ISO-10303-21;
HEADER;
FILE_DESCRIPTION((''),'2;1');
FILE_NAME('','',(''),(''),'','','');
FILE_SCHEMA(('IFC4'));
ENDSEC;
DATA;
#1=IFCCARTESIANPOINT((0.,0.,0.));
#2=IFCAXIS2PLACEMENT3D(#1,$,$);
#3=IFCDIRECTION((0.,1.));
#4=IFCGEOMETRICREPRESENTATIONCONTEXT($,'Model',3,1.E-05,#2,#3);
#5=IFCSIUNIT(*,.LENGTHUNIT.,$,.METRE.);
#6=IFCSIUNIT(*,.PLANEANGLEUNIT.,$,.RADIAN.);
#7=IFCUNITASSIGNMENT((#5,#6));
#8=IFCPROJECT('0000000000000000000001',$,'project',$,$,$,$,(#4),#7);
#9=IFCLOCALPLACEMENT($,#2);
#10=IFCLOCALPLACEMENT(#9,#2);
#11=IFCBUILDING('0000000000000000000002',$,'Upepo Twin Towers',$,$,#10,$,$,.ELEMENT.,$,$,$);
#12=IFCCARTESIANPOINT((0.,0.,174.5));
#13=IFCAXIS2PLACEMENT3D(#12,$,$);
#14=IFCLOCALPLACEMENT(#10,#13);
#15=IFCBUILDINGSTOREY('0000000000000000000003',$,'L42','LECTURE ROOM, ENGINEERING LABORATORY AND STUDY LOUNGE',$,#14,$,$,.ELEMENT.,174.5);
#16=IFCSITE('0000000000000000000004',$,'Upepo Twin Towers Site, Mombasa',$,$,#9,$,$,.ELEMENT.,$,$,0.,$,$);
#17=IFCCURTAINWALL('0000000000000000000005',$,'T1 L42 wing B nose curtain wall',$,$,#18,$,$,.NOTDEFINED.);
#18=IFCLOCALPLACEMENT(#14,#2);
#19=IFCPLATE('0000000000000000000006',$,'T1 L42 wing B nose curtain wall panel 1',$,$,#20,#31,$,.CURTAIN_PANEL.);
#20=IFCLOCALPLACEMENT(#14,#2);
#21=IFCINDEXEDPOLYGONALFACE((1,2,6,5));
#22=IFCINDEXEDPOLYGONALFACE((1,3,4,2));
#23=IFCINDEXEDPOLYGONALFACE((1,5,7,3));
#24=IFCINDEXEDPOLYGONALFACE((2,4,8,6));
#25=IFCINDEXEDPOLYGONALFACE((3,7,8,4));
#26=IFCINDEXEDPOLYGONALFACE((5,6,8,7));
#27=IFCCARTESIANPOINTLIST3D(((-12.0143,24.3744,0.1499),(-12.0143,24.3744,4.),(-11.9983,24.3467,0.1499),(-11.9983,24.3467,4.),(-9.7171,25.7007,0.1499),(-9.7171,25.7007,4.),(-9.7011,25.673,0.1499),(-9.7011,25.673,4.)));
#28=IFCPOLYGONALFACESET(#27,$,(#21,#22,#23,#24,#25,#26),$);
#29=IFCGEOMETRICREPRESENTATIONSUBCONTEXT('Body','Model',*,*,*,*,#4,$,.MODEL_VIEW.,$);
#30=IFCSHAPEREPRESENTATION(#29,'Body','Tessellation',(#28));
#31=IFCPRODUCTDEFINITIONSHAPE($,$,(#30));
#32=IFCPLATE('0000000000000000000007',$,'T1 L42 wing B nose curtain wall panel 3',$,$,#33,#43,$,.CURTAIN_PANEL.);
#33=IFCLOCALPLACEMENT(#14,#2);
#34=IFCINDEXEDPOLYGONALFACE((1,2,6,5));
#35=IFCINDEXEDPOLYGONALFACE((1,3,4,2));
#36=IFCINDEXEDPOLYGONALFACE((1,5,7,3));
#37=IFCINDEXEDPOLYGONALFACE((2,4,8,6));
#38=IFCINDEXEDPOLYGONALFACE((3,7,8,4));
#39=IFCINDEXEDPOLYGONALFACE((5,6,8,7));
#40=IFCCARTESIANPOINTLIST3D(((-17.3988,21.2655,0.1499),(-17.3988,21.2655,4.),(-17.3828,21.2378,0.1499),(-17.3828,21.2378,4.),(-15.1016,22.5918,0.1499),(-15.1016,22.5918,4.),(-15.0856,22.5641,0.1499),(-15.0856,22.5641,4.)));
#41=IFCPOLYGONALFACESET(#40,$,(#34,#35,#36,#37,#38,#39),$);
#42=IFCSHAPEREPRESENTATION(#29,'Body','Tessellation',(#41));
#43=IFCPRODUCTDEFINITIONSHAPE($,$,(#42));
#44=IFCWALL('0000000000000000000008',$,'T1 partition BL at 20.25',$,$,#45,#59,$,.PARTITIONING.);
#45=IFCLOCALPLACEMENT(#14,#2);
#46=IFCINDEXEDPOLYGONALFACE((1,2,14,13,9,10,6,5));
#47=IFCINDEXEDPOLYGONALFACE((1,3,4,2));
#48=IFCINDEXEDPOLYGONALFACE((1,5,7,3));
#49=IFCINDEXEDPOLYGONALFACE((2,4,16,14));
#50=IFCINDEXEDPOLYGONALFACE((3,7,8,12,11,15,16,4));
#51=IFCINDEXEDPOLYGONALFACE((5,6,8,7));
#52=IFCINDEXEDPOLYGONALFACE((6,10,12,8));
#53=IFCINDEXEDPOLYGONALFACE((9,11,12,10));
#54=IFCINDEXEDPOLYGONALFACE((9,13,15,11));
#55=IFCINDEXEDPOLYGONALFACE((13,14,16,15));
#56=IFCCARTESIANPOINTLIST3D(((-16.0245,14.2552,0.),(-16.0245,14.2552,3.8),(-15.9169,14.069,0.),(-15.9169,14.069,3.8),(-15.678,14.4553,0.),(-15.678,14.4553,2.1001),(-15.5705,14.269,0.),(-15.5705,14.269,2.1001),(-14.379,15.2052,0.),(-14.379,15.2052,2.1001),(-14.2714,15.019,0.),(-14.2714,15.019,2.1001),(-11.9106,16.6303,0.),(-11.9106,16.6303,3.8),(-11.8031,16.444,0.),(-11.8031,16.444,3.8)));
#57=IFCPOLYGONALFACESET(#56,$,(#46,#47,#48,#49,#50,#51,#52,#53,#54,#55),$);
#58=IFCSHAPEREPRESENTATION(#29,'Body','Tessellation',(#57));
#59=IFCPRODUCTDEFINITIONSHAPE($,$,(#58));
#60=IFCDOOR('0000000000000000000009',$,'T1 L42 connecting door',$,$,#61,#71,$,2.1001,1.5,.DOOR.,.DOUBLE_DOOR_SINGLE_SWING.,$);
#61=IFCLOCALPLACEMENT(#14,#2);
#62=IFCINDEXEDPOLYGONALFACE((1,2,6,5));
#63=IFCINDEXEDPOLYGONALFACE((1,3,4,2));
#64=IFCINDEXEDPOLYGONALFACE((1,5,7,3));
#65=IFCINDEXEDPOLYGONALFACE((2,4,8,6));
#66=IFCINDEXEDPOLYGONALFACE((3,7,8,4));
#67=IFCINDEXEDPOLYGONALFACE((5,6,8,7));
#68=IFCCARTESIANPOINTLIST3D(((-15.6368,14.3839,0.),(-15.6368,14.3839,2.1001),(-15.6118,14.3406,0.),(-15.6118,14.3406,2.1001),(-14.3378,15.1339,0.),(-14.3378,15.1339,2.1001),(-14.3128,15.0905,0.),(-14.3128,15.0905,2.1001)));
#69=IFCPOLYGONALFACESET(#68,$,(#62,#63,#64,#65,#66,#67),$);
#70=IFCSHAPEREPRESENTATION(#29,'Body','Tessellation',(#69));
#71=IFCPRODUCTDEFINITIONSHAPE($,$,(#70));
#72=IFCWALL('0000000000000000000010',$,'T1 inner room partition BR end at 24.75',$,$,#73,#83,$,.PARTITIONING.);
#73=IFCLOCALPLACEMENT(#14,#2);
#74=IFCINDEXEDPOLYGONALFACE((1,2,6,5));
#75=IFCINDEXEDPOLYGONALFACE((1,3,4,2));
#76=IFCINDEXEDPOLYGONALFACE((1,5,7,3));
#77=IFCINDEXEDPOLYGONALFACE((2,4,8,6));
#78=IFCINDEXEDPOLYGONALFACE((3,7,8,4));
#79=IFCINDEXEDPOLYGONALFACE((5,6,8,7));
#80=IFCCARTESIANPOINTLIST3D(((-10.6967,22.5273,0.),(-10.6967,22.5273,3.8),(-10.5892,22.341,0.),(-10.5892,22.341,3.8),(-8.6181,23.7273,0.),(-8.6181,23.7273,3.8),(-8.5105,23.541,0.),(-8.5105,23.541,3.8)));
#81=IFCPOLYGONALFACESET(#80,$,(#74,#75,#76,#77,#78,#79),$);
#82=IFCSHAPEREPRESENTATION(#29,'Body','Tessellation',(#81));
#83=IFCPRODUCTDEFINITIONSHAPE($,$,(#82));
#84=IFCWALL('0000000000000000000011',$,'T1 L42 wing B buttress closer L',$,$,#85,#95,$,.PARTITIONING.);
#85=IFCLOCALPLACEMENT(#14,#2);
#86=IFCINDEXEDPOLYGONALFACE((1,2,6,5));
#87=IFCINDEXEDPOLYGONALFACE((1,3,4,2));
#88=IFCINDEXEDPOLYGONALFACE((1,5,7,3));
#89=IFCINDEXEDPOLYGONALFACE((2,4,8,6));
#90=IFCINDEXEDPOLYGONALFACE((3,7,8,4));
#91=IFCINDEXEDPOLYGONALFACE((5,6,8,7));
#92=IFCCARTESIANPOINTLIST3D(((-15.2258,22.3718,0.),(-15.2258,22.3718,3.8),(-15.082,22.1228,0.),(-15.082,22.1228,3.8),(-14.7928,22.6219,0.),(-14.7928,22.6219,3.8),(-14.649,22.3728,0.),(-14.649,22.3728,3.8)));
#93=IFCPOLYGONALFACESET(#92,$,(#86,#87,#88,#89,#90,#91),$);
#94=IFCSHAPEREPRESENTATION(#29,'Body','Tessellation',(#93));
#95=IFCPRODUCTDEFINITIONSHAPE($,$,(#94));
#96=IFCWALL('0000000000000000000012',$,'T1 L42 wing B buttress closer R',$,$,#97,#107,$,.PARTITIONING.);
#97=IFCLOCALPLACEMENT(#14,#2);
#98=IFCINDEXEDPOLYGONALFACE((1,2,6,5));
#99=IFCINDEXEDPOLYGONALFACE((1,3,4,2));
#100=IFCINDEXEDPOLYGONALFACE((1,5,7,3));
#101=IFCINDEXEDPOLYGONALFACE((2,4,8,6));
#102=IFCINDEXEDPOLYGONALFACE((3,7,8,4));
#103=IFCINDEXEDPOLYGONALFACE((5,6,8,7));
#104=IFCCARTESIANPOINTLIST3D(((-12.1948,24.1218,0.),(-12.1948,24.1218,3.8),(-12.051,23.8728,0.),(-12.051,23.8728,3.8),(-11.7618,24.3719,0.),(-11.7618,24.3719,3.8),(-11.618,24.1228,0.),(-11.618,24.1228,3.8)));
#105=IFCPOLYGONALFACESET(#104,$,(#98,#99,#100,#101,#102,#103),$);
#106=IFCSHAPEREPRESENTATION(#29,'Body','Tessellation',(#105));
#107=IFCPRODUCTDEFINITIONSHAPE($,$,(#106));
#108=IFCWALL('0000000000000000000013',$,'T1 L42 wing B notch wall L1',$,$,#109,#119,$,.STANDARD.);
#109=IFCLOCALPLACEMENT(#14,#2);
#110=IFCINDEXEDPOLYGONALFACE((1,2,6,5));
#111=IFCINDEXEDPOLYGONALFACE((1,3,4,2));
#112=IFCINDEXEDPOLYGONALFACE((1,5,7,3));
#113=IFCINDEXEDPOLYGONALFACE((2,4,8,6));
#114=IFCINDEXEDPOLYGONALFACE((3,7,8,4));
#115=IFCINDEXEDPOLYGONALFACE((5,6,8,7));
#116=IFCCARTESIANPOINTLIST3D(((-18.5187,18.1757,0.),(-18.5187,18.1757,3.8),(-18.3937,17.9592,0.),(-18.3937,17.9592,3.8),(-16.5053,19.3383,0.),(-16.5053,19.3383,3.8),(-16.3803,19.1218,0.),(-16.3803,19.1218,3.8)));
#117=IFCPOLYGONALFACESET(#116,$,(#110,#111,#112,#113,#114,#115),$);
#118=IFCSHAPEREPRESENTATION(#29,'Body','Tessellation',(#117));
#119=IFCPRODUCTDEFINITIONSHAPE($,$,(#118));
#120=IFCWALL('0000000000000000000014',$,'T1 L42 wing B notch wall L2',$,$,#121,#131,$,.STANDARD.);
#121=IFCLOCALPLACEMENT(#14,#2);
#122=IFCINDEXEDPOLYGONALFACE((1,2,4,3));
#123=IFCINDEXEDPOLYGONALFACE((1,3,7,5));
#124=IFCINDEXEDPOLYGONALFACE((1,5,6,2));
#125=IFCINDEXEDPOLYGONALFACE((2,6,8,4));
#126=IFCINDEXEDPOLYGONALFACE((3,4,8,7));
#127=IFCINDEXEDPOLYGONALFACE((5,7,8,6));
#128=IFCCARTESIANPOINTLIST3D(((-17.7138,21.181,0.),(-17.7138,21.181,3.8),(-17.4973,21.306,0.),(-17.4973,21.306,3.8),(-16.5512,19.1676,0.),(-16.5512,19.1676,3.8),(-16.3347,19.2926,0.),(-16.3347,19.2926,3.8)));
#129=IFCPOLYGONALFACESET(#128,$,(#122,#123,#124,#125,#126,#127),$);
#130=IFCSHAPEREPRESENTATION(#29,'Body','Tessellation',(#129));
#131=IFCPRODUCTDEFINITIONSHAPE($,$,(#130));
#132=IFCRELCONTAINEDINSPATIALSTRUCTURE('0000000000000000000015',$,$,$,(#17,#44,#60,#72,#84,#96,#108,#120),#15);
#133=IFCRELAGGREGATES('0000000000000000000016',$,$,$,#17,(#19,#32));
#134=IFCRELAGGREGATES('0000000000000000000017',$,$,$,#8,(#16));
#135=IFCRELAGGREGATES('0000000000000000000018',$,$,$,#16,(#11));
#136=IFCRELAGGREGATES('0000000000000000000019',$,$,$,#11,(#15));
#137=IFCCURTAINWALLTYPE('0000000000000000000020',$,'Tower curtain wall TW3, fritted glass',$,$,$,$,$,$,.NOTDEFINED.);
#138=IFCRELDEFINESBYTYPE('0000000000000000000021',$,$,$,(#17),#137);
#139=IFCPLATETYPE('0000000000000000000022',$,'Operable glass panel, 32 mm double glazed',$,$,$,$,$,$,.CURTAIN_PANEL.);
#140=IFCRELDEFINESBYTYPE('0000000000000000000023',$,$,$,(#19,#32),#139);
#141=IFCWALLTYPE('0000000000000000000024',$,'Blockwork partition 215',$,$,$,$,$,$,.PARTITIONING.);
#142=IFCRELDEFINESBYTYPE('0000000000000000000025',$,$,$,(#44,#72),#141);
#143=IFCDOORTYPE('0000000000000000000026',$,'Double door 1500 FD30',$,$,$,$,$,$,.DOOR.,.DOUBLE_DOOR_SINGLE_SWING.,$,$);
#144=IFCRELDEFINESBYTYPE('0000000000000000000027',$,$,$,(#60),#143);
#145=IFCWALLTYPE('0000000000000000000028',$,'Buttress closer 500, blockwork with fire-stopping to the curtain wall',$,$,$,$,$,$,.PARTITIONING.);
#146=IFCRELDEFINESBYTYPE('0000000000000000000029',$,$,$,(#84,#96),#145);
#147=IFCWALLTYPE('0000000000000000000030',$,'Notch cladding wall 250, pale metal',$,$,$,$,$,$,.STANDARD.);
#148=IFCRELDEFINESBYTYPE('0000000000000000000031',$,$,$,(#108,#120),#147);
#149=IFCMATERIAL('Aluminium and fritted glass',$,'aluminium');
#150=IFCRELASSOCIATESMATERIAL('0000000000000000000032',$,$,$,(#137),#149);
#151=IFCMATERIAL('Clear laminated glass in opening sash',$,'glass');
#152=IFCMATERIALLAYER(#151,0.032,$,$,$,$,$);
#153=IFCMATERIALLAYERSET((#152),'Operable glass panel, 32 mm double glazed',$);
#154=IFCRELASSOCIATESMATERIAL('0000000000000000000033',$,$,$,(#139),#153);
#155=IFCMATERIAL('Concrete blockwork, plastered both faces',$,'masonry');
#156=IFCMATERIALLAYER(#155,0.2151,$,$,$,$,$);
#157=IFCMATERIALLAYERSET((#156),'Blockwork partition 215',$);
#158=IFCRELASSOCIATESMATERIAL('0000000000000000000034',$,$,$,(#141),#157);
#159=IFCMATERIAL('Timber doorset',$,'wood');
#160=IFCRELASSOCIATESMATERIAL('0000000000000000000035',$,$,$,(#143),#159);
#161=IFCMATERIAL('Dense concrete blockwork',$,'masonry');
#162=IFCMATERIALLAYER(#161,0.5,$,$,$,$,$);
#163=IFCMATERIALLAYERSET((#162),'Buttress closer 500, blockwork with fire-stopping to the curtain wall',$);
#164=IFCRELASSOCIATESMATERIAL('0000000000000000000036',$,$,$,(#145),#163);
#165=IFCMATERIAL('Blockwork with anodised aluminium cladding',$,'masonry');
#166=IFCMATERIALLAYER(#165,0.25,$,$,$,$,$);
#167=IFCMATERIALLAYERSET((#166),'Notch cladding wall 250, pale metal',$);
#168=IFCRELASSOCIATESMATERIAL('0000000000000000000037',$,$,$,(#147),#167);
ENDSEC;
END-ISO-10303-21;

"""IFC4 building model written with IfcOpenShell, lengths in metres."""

from ifc_helpers import new_model, si_unit, direction, frame, frame_2d, origin, origin_2d, place, context, subcontext, project, spatial, rectangle, extrude, material, layer, layer_set, type_object, element, fill, aggregate, save


model = new_model("IFC4")

# Units and contexts
model_context = context("Model", 3, precision=1e-05, world=origin(), true_north=direction((0.0, 1.0)))
body_context = subcontext(model_context, "Body", "Model", "MODEL_VIEW")
ifc_project = project(units=[si_unit("LENGTHUNIT", "METRE"), si_unit("PLANEANGLEUNIT", "RADIAN")], contexts=[model_context])

# Site, building, storey
site_placement = place(None, origin())
site = spatial("IfcSite", under=ifc_project, at=site_placement, Name="Upepo Twin Towers Site, Mombasa", CompositionType="ELEMENT", RefElevation=0.0)
building_placement = place(site_placement, origin())
building = spatial("IfcBuilding", under=site, at=building_placement, Name="Upepo Twin Towers", CompositionType="ELEMENT")
storey_placement = place(building_placement, frame((0.0, 0.0, 174.5)))
storey = spatial("IfcBuildingStorey", under=building, at=storey_placement, Name="L42", Description="LECTURE ROOM, ENGINEERING LABORATORY AND STUDY LOUNGE", CompositionType="ELEMENT", Elevation=174.5)

# Curtain wall
ifc_material_1 = material(Name="Aluminium and fritted glass", Category="aluminium")
curtain_wall_type = type_object("IfcCurtainWallType", Name="Tower curtain wall TW3, fritted glass", PredefinedType="NOTDEFINED", material=ifc_material_1)
curtain_wall_1_placement = place(storey_placement, origin())
curtain_wall_1 = element("IfcCurtainWall", 1, at=curtain_wall_1_placement, inside=storey, type_object=curtain_wall_type, Name="T1 L42 wing B nose curtain wall", PredefinedType="NOTDEFINED")

# Plates
ifc_material_2 = material(Name="Clear laminated glass in opening sash", Category="glass")
ifc_layer_1 = layer(ifc_material_2, 0.032)
ifc_layer_set_1 = layer_set([ifc_layer_1], Name="Operable glass panel, 32 mm double glazed")
plate_type_1 = type_object("IfcPlateType", Name="Operable glass panel, 32 mm double glazed", PredefinedType="CURTAIN_PANEL", material=ifc_layer_set_1)
plate_1_placement = place(storey_placement, frame((-10.8577, 25.0237, 0.1499), z_axis=(0.0, 0.0, 1.0), x_axis=(-0.866025, -0.5, 0.0)))
plate_1 = element("IfcPlate", 2, at=plate_1_placement, type_object=plate_type_1, Name="T1 L42 wing B nose curtain wall panel 1", PredefinedType="CURTAIN_PANEL", context=body_context, shape_type="SweptSolid", body=[
    extrude(rectangle(XDim=2.6526, YDim=0.032, at=origin_2d()), origin(), (0.0, 0.0, 1.0), 3.8501),
])
plate_2_placement = place(storey_placement, frame((-16.2422, 21.9148, 0.1499), z_axis=(0.0, 0.0, 1.0), x_axis=(-0.866025, -0.5, 0.0)))
plate_2 = element("IfcPlate", 3, at=plate_2_placement, type_object=plate_type_1, Name="T1 L42 wing B nose curtain wall panel 3", PredefinedType="CURTAIN_PANEL", context=body_context, shape_type="SweptSolid", body=[
    extrude(rectangle(XDim=2.6526, YDim=0.032, at=origin_2d()), origin(), (0.0, 0.0, 1.0), 3.8501),
])
aggregate(curtain_wall_1, [plate_1, plate_2])

# Wall, opening, door
ifc_material_3 = material(Name="Concrete blockwork, plastered both faces", Category="masonry")
ifc_layer_2 = layer(ifc_material_3, 0.2151)
ifc_layer_set_2 = layer_set([ifc_layer_2], Name="Blockwork partition 215")
wall_type_1 = type_object("IfcWallType", Name="Blockwork partition 215", PredefinedType="PARTITIONING", material=ifc_layer_set_2)
wall_1_placement = place(storey_placement, frame((-11.8569, 16.5371, 0.0), z_axis=(0.0, 0.0, 1.0), x_axis=(-0.866033, -0.499986, 0.0)))
wall_1 = element("IfcWall", 4, at=wall_1_placement, inside=storey, type_object=wall_type_1, Name="T1 partition BL at 20.25", PredefinedType="PARTITIONING", context=body_context, shape_type="SweptSolid", body=[
    extrude(rectangle(XDim=4.7502, YDim=0.2151, at=frame_2d((2.375, 0.0))), origin(), (0.0, 0.0, 1.0), 3.8),
])
opening_placement = place(wall_1_placement, frame((2.8501, 0.0, 0.0)))
opening = element("IfcOpeningElement", 5, at=opening_placement, cuts=wall_1, PredefinedType="OPENING", context=body_context, shape_type="SweptSolid", body=[
    extrude(rectangle(XDim=1.5, YDim=2.1001, at=frame_2d((0.75, 1.05))), frame((0.0, 0.1174, 0.0), z_axis=(0.0, -1.0, 0.0), x_axis=(1.0, 0.0, 0.0)), (0.0, 0.0, 1.0), 0.2351),
])
ifc_material_4 = material(Name="Timber doorset", Category="wood")
door_type = type_object("IfcDoorType", Name="Double door 1500 FD30", OperationType="DOUBLE_DOOR_SINGLE_SWING", PredefinedType="DOOR", material=ifc_material_4)
door_placement = place(opening_placement, origin())
door = element("IfcDoor", 6, at=door_placement, inside=storey, type_object=door_type, Name="T1 L42 connecting door", OperationType="DOUBLE_DOOR_SINGLE_SWING", OverallHeight=2.1001, OverallWidth=1.5, PredefinedType="DOOR", context=body_context, shape_type="SweptSolid", body=[
    extrude(rectangle(XDim=1.5, YDim=2.1001, at=frame_2d((0.75, 1.05))), frame((0.0, 0.0249, 0.0), z_axis=(0.0, -1.0, 0.0), x_axis=(1.0, 0.0, 0.0)), (0.0, 0.0, 1.0), 0.05),
])
fill(opening, door)

# Walls
wall_2_placement = place(storey_placement, frame((-10.6431, 22.4341, 0.0), z_axis=(0.0, 0.0, 1.0), x_axis=(0.86605, 0.499957, 0.0)))
element("IfcWall", 7, at=wall_2_placement, inside=storey, type_object=wall_type_1, Name="T1 inner room partition BR end at 24.75", PredefinedType="PARTITIONING", context=body_context, shape_type="SweptSolid", body=[
    extrude(rectangle(XDim=2.4001, YDim=0.2151, at=frame_2d((1.2002, 0.0))), origin(), (0.0, 0.0, 1.0), 3.8),
])
ifc_material_5 = material(Name="Dense concrete blockwork", Category="masonry")
ifc_layer_3 = layer(ifc_material_5, 0.5)
ifc_layer_set_3 = layer_set([ifc_layer_3], Name="Buttress closer 500, blockwork with fire-stopping to the curtain wall")
wall_type_2 = type_object("IfcWallType", Name="Buttress closer 500, blockwork with fire-stopping to the curtain wall", PredefinedType="PARTITIONING", material=ifc_layer_set_3)
for number, where, z_axis, x_axis, name in (
    (8, (-14.8655, 22.2478, 0.0), (0.0, 0.0, 1.0), (-0.500065, 0.865988, 0.0), "T1 L42 wing B buttress closer L"),
    (9, (-11.8345, 23.9978, 0.0), (0.0, 0.0, 1.0), (-0.500065, 0.865988, 0.0), "T1 L42 wing B buttress closer R"),
):
    element("IfcWall", number, at=place(storey_placement, frame(where, z_axis=z_axis, x_axis=x_axis)), inside=storey, type_object=wall_type_2, Name=name, PredefinedType="PARTITIONING", context=body_context, shape_type="SweptSolid", body=[
        extrude(rectangle(XDim=0.2876, YDim=0.5, at=frame_2d((0.1438, 0.0))), origin(), (0.0, 0.0, 1.0), 3.8),
    ])
ifc_material_6 = material(Name="Blockwork with anodised aluminium cladding", Category="masonry")
ifc_layer_4 = layer(ifc_material_6, 0.25)
ifc_layer_set_4 = layer_set([ifc_layer_4], Name="Notch cladding wall 250, pale metal")
wall_type_3 = type_object("IfcWallType", Name="Notch cladding wall 250, pale metal", PredefinedType="STANDARD", material=ifc_layer_set_4)
for number, where, z_axis, x_axis, name in (
    (10, (-18.4563, 18.0674, 0.0), (0.0, 0.0, 1.0), (0.865998, 0.500047, 0.0), "T1 L42 wing B notch wall L1"),
    (11, (-16.4429, 19.23, 0.0), (0.0, 0.0, 1.0), (-0.500047, 0.865998, 0.0), "T1 L42 wing B notch wall L2"),
):
    element("IfcWall", number, at=place(storey_placement, frame(where, z_axis=z_axis, x_axis=x_axis)), inside=storey, type_object=wall_type_3, Name=name, PredefinedType="STANDARD", context=body_context, shape_type="SweptSolid", body=[
        extrude(rectangle(XDim=2.325, YDim=0.25, at=frame_2d((1.1626, 0.0))), origin(), (0.0, 0.0, 1.0), 3.8),
    ])

save(model, "model.ifc")
